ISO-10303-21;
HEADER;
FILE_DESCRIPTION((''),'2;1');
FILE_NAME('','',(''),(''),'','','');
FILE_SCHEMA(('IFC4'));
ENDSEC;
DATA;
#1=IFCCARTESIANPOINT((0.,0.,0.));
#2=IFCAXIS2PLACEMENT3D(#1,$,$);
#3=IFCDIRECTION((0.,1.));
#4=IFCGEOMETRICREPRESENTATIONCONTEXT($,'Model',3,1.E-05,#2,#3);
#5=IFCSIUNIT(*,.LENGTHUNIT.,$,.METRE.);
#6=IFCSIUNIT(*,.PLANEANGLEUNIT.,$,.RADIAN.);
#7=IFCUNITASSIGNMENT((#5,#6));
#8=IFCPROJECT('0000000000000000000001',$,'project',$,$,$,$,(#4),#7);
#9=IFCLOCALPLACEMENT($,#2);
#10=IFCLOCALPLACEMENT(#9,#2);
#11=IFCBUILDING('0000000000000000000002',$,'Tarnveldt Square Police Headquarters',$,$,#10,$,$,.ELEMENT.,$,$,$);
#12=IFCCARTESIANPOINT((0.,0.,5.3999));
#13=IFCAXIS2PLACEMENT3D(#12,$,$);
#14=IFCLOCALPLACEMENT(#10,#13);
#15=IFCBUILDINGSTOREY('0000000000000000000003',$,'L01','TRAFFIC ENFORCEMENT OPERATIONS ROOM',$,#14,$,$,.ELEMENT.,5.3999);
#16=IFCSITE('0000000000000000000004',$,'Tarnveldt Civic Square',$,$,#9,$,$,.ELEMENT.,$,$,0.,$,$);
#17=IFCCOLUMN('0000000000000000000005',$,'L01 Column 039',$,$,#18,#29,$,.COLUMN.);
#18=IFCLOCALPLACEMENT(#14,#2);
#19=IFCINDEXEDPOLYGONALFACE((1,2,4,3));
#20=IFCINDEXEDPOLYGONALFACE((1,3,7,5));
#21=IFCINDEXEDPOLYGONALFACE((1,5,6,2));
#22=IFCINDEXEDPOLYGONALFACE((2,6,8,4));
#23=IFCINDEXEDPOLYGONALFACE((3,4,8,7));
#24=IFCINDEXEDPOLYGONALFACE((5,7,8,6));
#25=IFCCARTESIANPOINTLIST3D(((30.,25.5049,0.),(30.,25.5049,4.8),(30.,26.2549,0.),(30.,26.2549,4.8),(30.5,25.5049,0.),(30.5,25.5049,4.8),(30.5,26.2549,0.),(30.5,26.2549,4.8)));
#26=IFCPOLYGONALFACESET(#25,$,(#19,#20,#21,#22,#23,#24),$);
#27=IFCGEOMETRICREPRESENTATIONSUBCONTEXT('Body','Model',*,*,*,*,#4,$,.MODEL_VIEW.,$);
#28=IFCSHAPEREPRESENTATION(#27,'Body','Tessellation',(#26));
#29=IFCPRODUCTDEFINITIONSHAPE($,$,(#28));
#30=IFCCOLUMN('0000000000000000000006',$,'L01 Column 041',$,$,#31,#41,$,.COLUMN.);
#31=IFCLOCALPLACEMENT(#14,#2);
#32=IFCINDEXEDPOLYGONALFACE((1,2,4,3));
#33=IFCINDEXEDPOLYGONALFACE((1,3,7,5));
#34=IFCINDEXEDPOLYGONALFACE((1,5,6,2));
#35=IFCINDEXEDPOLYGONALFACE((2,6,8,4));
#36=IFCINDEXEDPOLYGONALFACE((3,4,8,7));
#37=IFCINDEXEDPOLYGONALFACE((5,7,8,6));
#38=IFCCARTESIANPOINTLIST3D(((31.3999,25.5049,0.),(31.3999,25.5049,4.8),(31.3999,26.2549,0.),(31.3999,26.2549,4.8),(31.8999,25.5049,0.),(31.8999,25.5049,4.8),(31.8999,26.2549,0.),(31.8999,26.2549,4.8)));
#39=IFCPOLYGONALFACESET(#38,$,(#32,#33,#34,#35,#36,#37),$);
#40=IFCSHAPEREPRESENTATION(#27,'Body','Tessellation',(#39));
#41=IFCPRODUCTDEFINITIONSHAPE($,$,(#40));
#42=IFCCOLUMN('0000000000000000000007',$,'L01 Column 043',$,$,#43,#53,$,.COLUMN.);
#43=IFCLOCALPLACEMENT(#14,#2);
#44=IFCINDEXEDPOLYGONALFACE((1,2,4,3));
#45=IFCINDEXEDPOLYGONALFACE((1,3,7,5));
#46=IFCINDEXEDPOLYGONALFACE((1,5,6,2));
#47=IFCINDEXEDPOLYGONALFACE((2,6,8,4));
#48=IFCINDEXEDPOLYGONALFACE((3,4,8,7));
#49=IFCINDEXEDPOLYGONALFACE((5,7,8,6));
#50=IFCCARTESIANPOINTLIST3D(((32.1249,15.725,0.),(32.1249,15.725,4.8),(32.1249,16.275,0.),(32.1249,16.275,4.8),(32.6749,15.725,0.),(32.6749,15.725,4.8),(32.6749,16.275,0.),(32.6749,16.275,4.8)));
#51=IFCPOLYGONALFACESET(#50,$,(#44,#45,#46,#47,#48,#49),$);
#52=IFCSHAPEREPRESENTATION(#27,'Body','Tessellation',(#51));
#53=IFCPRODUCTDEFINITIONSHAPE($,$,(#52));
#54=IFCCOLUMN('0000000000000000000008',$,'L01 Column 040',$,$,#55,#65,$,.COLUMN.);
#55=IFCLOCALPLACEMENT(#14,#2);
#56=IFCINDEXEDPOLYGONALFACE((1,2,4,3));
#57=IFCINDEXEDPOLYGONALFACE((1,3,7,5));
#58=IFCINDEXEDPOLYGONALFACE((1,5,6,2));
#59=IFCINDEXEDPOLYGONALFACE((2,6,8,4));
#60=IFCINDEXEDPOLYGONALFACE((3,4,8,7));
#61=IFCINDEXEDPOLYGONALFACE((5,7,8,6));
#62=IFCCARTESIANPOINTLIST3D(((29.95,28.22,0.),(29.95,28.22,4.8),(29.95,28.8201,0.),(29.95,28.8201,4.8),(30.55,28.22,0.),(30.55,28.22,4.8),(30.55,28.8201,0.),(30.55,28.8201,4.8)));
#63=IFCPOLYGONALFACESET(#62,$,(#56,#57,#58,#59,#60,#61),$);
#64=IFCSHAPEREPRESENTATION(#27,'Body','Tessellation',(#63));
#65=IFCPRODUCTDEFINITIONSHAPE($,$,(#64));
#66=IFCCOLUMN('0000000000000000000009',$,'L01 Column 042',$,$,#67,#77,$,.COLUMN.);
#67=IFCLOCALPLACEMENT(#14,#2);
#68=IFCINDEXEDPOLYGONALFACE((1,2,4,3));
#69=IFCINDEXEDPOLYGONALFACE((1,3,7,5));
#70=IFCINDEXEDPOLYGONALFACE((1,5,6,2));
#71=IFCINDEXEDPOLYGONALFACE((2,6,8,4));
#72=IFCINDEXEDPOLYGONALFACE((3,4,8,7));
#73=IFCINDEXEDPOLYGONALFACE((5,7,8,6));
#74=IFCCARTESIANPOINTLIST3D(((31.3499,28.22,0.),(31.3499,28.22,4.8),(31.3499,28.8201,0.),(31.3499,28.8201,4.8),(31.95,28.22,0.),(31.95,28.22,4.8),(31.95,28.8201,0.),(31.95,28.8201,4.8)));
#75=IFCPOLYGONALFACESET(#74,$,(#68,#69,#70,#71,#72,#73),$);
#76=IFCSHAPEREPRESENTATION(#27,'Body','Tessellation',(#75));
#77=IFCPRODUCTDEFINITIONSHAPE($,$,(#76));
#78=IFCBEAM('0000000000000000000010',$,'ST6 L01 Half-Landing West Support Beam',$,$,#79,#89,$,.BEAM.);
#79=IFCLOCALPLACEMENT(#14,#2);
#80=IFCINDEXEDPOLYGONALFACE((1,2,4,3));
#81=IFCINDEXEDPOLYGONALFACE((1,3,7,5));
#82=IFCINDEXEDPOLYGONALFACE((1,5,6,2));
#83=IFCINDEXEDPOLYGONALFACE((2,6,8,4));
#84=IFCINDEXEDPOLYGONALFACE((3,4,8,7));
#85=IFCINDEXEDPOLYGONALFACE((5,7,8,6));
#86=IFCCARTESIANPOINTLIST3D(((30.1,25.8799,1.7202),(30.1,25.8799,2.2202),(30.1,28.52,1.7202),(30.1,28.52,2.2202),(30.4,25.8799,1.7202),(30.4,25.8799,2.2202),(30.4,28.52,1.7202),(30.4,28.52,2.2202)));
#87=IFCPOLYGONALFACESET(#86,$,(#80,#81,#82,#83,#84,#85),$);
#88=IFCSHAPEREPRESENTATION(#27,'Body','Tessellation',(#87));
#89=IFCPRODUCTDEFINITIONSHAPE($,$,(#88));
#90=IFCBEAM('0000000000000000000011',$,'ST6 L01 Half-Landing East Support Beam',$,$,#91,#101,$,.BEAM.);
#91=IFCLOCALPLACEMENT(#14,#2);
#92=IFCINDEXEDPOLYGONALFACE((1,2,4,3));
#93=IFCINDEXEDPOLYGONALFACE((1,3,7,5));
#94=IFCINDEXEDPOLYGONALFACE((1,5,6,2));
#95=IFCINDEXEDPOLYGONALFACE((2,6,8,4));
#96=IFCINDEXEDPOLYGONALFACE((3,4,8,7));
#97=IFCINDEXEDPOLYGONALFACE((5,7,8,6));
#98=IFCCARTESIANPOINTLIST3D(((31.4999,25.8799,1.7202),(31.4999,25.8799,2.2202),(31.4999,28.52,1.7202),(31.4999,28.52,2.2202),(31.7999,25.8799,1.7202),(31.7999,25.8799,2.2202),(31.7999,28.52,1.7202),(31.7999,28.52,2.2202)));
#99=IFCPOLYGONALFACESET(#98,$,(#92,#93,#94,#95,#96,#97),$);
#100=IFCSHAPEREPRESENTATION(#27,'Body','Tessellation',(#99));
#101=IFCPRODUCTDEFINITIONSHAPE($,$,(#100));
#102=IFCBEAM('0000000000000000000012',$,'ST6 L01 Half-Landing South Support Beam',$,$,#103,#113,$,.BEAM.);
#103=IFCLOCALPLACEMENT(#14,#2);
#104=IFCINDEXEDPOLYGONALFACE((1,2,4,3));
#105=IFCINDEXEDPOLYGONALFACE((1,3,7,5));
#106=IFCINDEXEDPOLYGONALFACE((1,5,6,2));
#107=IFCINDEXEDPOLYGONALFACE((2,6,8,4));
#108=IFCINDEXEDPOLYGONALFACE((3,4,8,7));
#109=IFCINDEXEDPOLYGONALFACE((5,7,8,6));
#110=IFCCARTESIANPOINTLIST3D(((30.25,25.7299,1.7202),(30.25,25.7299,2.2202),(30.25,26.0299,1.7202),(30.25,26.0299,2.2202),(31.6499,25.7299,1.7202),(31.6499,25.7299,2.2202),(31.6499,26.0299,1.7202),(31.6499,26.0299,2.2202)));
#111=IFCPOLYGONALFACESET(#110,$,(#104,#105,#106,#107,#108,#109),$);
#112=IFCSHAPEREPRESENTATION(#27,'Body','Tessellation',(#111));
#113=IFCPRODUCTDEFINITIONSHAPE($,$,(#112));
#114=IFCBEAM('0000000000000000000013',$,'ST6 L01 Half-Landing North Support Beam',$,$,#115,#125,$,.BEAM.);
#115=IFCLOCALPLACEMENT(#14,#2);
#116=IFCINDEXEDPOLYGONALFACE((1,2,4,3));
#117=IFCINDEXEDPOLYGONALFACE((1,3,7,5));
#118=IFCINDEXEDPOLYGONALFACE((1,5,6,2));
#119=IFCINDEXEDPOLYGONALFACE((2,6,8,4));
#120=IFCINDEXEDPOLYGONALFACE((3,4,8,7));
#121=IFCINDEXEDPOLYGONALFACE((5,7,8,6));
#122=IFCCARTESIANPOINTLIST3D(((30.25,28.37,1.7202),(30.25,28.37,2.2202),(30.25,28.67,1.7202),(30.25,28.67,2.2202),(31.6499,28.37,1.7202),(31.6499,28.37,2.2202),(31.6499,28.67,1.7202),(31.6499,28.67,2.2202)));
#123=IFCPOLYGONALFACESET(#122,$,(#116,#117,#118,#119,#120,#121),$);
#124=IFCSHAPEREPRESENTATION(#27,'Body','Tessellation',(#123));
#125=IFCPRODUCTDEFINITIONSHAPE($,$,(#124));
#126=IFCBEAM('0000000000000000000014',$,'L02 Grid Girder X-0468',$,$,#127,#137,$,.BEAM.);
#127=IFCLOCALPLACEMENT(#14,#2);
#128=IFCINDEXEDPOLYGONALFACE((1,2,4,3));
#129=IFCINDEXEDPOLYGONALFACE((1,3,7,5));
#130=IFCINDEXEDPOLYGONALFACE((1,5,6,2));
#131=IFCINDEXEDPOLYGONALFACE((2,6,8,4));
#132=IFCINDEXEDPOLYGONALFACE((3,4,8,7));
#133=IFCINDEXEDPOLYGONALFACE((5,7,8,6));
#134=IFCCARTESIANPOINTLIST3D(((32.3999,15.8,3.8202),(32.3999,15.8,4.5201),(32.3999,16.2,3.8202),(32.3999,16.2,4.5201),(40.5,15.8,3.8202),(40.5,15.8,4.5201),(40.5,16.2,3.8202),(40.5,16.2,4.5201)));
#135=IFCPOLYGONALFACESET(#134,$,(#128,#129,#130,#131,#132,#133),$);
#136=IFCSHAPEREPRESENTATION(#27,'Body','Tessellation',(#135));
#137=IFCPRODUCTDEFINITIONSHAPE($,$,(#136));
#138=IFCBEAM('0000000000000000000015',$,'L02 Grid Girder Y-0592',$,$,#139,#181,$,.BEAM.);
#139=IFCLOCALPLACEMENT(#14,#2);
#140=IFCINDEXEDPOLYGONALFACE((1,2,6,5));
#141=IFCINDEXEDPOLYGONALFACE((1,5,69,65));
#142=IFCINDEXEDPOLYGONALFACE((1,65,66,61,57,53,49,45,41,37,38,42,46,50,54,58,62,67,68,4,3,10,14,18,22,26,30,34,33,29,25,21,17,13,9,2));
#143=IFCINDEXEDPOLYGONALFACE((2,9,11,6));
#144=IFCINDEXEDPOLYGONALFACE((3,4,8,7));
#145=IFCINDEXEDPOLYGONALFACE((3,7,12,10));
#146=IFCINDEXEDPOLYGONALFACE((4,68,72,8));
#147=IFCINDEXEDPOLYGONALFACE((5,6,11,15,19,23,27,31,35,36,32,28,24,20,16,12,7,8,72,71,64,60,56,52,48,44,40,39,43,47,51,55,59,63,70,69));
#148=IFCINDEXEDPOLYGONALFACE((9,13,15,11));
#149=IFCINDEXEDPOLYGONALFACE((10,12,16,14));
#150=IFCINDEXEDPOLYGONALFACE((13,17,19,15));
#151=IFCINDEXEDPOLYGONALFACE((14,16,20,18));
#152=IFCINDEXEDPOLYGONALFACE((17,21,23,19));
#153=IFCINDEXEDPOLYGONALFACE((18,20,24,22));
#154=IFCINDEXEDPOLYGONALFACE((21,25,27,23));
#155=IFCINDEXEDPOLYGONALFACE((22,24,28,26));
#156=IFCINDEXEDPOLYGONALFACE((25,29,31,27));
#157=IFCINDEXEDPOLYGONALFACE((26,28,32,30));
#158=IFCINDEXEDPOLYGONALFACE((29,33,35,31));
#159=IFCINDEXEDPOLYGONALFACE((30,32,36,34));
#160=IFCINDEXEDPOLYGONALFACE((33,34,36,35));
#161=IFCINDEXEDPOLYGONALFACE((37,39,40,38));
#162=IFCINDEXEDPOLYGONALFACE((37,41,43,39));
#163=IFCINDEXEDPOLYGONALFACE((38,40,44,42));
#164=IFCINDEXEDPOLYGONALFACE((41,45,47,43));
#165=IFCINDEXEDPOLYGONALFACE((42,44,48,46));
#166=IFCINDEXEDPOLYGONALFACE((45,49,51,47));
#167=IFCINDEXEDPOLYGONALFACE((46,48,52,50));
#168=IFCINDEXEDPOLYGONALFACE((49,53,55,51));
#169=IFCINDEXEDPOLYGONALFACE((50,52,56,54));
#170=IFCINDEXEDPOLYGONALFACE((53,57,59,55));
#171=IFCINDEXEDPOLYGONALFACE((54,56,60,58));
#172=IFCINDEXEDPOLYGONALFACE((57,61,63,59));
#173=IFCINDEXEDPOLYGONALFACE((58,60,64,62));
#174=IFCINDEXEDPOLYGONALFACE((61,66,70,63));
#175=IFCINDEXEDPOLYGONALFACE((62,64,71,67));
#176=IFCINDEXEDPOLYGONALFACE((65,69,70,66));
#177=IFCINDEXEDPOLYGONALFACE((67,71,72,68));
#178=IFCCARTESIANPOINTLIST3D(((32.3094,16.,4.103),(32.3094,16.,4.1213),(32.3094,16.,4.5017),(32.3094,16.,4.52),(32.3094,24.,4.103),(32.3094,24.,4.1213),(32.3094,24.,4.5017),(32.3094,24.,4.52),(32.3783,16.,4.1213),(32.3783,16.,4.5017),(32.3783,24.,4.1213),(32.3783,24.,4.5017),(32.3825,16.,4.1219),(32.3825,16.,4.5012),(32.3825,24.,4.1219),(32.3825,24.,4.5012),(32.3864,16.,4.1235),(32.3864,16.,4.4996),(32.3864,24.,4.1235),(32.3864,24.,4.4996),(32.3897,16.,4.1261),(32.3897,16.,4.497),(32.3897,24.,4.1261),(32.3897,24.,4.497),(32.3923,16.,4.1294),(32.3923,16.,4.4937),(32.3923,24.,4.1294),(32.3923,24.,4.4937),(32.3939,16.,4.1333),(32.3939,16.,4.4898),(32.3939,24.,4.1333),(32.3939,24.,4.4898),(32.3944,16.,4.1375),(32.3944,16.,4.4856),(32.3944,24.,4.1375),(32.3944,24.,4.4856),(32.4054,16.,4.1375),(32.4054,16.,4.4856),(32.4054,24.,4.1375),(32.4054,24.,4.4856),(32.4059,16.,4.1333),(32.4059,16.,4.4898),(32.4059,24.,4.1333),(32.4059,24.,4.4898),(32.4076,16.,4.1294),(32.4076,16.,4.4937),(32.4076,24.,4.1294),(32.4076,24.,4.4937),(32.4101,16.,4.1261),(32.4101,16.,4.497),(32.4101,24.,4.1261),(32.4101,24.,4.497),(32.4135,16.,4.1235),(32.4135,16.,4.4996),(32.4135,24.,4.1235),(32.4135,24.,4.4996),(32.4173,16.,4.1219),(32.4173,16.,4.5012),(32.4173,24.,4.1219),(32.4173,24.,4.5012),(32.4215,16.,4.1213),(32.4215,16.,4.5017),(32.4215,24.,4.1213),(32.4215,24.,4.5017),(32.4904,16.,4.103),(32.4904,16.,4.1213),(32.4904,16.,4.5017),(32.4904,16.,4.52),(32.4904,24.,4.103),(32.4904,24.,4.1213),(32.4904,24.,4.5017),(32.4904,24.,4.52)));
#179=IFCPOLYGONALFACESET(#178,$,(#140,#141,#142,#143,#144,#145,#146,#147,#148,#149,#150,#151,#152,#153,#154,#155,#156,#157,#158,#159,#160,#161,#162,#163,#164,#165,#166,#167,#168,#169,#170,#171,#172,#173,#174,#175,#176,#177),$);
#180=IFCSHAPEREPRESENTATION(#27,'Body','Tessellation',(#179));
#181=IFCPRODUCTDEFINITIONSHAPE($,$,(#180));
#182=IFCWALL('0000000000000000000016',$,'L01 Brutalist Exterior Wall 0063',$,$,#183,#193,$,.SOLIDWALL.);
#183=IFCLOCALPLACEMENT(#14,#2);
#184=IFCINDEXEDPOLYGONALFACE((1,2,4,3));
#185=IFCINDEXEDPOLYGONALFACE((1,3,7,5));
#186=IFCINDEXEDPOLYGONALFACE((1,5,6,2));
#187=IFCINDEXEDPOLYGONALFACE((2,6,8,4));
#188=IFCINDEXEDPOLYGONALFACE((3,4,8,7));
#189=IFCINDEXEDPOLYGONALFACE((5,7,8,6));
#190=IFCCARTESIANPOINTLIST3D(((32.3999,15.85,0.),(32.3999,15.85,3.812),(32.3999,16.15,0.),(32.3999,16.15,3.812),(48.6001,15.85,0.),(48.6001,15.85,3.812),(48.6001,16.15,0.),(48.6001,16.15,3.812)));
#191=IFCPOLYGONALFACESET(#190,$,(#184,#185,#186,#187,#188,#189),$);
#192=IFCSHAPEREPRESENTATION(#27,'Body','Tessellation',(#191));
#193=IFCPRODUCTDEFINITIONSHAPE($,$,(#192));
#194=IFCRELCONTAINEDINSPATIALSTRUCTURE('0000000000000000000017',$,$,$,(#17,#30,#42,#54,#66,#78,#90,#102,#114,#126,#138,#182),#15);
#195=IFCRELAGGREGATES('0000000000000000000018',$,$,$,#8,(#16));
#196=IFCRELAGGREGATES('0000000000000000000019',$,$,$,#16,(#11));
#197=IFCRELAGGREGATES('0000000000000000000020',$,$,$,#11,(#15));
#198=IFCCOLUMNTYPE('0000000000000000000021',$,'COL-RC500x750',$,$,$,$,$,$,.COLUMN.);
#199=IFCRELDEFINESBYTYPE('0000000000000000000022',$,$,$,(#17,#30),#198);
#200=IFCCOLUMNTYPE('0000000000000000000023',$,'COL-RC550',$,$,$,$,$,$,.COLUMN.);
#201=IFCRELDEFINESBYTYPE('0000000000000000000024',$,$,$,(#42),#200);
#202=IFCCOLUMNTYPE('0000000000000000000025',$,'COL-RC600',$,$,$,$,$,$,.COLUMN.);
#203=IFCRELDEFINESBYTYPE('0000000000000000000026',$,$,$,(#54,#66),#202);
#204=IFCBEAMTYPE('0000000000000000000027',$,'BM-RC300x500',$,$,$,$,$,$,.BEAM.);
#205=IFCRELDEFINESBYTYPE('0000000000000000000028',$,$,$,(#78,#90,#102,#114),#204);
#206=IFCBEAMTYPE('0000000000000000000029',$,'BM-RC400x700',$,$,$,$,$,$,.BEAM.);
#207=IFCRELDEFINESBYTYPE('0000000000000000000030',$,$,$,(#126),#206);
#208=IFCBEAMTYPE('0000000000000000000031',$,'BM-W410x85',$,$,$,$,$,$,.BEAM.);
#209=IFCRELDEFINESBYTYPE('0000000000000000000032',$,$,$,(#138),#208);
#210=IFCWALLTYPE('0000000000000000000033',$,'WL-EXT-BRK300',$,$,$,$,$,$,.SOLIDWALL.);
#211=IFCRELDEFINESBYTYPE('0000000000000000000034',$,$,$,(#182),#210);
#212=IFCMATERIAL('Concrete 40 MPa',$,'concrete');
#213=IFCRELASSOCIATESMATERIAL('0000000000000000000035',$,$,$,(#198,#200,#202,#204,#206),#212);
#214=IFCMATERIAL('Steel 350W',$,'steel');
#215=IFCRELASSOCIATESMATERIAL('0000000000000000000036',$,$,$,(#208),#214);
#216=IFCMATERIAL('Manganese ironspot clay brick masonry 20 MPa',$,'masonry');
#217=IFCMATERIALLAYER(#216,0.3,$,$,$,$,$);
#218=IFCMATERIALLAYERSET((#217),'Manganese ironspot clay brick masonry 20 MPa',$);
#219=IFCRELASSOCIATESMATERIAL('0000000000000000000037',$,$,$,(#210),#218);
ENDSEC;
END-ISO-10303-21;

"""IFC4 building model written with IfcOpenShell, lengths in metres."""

from ifc_helpers import new_model, si_unit, direction, frame, frame_2d, origin, origin_2d, place, context, subcontext, project, spatial, rectangle, i_section, extrude, material, layer, layer_set, material_profile, profile_set, type_object, element, save


model = new_model("IFC4")

# Units and contexts
model_context = context("Model", 3, precision=1e-05, world=origin(), true_north=direction((0.0, 1.0)))
body_context = subcontext(model_context, "Body", "Model", "MODEL_VIEW")
ifc_project = project(units=[si_unit("LENGTHUNIT", "METRE"), si_unit("PLANEANGLEUNIT", "RADIAN")], contexts=[model_context])

# Site, building, storey
site_placement = place(None, origin())
site = spatial("IfcSite", under=ifc_project, at=site_placement, Name="Tarnveldt Civic Square", CompositionType="ELEMENT", RefElevation=0.0)
building_placement = place(site_placement, origin())
building = spatial("IfcBuilding", under=site, at=building_placement, Name="Tarnveldt Square Police Headquarters", CompositionType="ELEMENT")
storey_placement = place(building_placement, frame((0.0, 0.0, 5.3999)))
storey = spatial("IfcBuildingStorey", under=building, at=storey_placement, Name="L01", Description="TRAFFIC ENFORCEMENT OPERATIONS ROOM", CompositionType="ELEMENT", Elevation=5.3999)

# Columns
ifc_material_1 = material(Name="Concrete 40 MPa", Category="concrete")
ifc_material_profile_1 = material_profile(ifc_material_1, rectangle(XDim=0.5, YDim=0.75, at=origin_2d()), Name="RC-C500x750")
ifc_profile_set_1 = profile_set([ifc_material_profile_1], Name="Concrete 40 MPa")
column_type_1 = type_object("IfcColumnType", Name="COL-RC500x750", PredefinedType="COLUMN", material=ifc_profile_set_1)
for number, where, z_axis, x_axis, name in (
    (1, (30.25, 25.8799, 0.0), (0.0, 0.0, 1.0), (1.0, 0.0, 0.0), "L01 Column 039"),
    (2, (31.6499, 25.8799, 0.0), (0.0, 0.0, 1.0), (1.0, 0.0, 0.0), "L01 Column 041"),
):
    element("IfcColumn", number, at=place(storey_placement, frame(where, z_axis=z_axis, x_axis=x_axis)), inside=storey, type_object=column_type_1, Name=name, PredefinedType="COLUMN", context=body_context, shape_type="SweptSolid", body=[
        extrude(rectangle(XDim=0.5, YDim=0.75, at=origin_2d()), origin(), (0.0, 0.0, 1.0), 4.8),
    ])
ifc_material_profile_2 = material_profile(ifc_material_1, rectangle(XDim=0.55, YDim=0.55, at=origin_2d()), Name="RC-C550x550")
ifc_profile_set_2 = profile_set([ifc_material_profile_2], Name="Concrete 40 MPa")
column_type_2 = type_object("IfcColumnType", Name="COL-RC550", PredefinedType="COLUMN", material=ifc_profile_set_2)
column_placement = place(storey_placement, frame((32.3999, 16.0, 0.0), z_axis=(0.0, 0.0, 1.0), x_axis=(1.0, 0.0, 0.0)))
element("IfcColumn", 3, at=column_placement, inside=storey, type_object=column_type_2, Name="L01 Column 043", PredefinedType="COLUMN", context=body_context, shape_type="SweptSolid", body=[
    extrude(rectangle(XDim=0.55, YDim=0.55, at=origin_2d()), origin(), (0.0, 0.0, 1.0), 4.8),
])
ifc_material_profile_3 = material_profile(ifc_material_1, rectangle(XDim=0.6001, YDim=0.6001, at=origin_2d()), Name="RC-C600x600")
ifc_profile_set_3 = profile_set([ifc_material_profile_3], Name="Concrete 40 MPa")
column_type_3 = type_object("IfcColumnType", Name="COL-RC600", PredefinedType="COLUMN", material=ifc_profile_set_3)
for number, where, z_axis, x_axis, name in (
    (4, (30.25, 28.52, 0.0), (0.0, 0.0, 1.0), (1.0, 0.0, 0.0), "L01 Column 040"),
    (5, (31.6499, 28.52, 0.0), (0.0, 0.0, 1.0), (1.0, 0.0, 0.0), "L01 Column 042"),
):
    element("IfcColumn", number, at=place(storey_placement, frame(where, z_axis=z_axis, x_axis=x_axis)), inside=storey, type_object=column_type_3, Name=name, PredefinedType="COLUMN", context=body_context, shape_type="SweptSolid", body=[
        extrude(rectangle(XDim=0.6001, YDim=0.6001, at=origin_2d()), origin(), (0.0, 0.0, 1.0), 4.8),
    ])

# Beams
ifc_material_profile_4 = material_profile(ifc_material_1, rectangle(XDim=0.3, YDim=0.5, at=origin_2d()), Name="RC-B300x500")
ifc_profile_set_4 = profile_set([ifc_material_profile_4], Name="Concrete 40 MPa")
beam_type_1 = type_object("IfcBeamType", Name="BM-RC300x500", PredefinedType="BEAM", material=ifc_profile_set_4)
for number, where, z_axis, x_axis, name in (
    (6, (30.25, 25.8799, 1.9702), (0.0, 1.0, 0.0), (-1.0, 0.0, 0.0), "ST6 L01 Half-Landing West Support Beam"),
    (7, (31.6499, 25.8799, 1.9702), (0.0, 1.0, 0.0), (-1.0, 0.0, 0.0), "ST6 L01 Half-Landing East Support Beam"),
):
    element("IfcBeam", number, at=place(storey_placement, frame(where, z_axis=z_axis, x_axis=x_axis)), inside=storey, type_object=beam_type_1, Name=name, PredefinedType="BEAM", context=body_context, shape_type="SweptSolid", body=[
        extrude(rectangle(XDim=0.3, YDim=0.5, at=origin_2d()), origin(), (0.0, 0.0, 1.0), 2.6401),
    ])
for number, where, z_axis, x_axis, name in (
    (8, (30.25, 25.8799, 1.9702), (1.0, 0.0, 0.0), (0.0, 1.0, 0.0), "ST6 L01 Half-Landing South Support Beam"),
    (9, (30.25, 28.52, 1.9702), (1.0, 0.0, 0.0), (0.0, 1.0, 0.0), "ST6 L01 Half-Landing North Support Beam"),
):
    element("IfcBeam", number, at=place(storey_placement, frame(where, z_axis=z_axis, x_axis=x_axis)), inside=storey, type_object=beam_type_1, Name=name, PredefinedType="BEAM", context=body_context, shape_type="SweptSolid", body=[
        extrude(rectangle(XDim=0.3, YDim=0.5, at=origin_2d()), origin(), (0.0, 0.0, 1.0), 1.3999),
    ])
ifc_material_profile_5 = material_profile(ifc_material_1, rectangle(XDim=0.3999, YDim=0.7, at=origin_2d()), Name="RC-B400x700")
ifc_profile_set_5 = profile_set([ifc_material_profile_5], Name="Concrete 40 MPa")
beam_type_2 = type_object("IfcBeamType", Name="BM-RC400x700", PredefinedType="BEAM", material=ifc_profile_set_5)
beam_1_placement = place(storey_placement, frame((32.3999, 16.0, 4.1702), z_axis=(1.0, 0.0, 0.0), x_axis=(0.0, 1.0, 0.0)))
element("IfcBeam", 10, at=beam_1_placement, inside=storey, type_object=beam_type_2, Name="L02 Grid Girder X-0468", PredefinedType="BEAM", context=body_context, shape_type="SweptSolid", body=[
    extrude(rectangle(XDim=0.3999, YDim=0.7, at=origin_2d()), origin(), (0.0, 0.0, 1.0), 8.1001),
])
ifc_material_2 = material(Name="Steel 350W", Category="steel")
ifc_material_profile_6 = material_profile(ifc_material_2, i_section(OverallWidth=0.1809, OverallDepth=0.417, WebThickness=0.011, FlangeThickness=0.0183, FilletRadius=0.0161, at=origin_2d()), Name="W410x85")
ifc_profile_set_6 = profile_set([ifc_material_profile_6], Name="Steel 350W")
beam_type_3 = type_object("IfcBeamType", Name="BM-W410x85", PredefinedType="BEAM", material=ifc_profile_set_6)
beam_2_placement = place(storey_placement, frame((32.3999, 16.0, 4.3115), z_axis=(0.0, 1.0, 0.0), x_axis=(-1.0, 0.0, 0.0)))
element("IfcBeam", 11, at=beam_2_placement, inside=storey, type_object=beam_type_3, Name="L02 Grid Girder Y-0592", PredefinedType="BEAM", context=body_context, shape_type="SweptSolid", body=[
    extrude(i_section(OverallWidth=0.1809, OverallDepth=0.417, WebThickness=0.011, FlangeThickness=0.0183, FilletRadius=0.0161, at=origin_2d()), origin(), (0.0, 0.0, 1.0), 8.0),
])

# Wall
ifc_material_3 = material(Name="Manganese ironspot clay brick masonry 20 MPa", Category="masonry")
ifc_layer_1 = layer(ifc_material_3, 0.3)
ifc_layer_set_1 = layer_set([ifc_layer_1], Name="Manganese ironspot clay brick masonry 20 MPa")
wall_type_1 = type_object("IfcWallType", Name="WL-EXT-BRK300", PredefinedType="SOLIDWALL", material=ifc_layer_set_1)
wall_1_placement = place(storey_placement, frame((32.3999, 16.0, 0.0), z_axis=(0.0, 0.0, 1.0), x_axis=(1.0, 0.0, 0.0)))
element("IfcWall", 12, at=wall_1_placement, inside=storey, type_object=wall_type_1, Name="L01 Brutalist Exterior Wall 0063", PredefinedType="SOLIDWALL", context=body_context, shape_type="SweptSolid", body=[
    extrude(rectangle(XDim=16.2002, YDim=0.3, at=frame_2d((8.1001, 0.0))), origin(), (0.0, 0.0, 1.0), 3.812),
])

save(model, "model.ifc")
